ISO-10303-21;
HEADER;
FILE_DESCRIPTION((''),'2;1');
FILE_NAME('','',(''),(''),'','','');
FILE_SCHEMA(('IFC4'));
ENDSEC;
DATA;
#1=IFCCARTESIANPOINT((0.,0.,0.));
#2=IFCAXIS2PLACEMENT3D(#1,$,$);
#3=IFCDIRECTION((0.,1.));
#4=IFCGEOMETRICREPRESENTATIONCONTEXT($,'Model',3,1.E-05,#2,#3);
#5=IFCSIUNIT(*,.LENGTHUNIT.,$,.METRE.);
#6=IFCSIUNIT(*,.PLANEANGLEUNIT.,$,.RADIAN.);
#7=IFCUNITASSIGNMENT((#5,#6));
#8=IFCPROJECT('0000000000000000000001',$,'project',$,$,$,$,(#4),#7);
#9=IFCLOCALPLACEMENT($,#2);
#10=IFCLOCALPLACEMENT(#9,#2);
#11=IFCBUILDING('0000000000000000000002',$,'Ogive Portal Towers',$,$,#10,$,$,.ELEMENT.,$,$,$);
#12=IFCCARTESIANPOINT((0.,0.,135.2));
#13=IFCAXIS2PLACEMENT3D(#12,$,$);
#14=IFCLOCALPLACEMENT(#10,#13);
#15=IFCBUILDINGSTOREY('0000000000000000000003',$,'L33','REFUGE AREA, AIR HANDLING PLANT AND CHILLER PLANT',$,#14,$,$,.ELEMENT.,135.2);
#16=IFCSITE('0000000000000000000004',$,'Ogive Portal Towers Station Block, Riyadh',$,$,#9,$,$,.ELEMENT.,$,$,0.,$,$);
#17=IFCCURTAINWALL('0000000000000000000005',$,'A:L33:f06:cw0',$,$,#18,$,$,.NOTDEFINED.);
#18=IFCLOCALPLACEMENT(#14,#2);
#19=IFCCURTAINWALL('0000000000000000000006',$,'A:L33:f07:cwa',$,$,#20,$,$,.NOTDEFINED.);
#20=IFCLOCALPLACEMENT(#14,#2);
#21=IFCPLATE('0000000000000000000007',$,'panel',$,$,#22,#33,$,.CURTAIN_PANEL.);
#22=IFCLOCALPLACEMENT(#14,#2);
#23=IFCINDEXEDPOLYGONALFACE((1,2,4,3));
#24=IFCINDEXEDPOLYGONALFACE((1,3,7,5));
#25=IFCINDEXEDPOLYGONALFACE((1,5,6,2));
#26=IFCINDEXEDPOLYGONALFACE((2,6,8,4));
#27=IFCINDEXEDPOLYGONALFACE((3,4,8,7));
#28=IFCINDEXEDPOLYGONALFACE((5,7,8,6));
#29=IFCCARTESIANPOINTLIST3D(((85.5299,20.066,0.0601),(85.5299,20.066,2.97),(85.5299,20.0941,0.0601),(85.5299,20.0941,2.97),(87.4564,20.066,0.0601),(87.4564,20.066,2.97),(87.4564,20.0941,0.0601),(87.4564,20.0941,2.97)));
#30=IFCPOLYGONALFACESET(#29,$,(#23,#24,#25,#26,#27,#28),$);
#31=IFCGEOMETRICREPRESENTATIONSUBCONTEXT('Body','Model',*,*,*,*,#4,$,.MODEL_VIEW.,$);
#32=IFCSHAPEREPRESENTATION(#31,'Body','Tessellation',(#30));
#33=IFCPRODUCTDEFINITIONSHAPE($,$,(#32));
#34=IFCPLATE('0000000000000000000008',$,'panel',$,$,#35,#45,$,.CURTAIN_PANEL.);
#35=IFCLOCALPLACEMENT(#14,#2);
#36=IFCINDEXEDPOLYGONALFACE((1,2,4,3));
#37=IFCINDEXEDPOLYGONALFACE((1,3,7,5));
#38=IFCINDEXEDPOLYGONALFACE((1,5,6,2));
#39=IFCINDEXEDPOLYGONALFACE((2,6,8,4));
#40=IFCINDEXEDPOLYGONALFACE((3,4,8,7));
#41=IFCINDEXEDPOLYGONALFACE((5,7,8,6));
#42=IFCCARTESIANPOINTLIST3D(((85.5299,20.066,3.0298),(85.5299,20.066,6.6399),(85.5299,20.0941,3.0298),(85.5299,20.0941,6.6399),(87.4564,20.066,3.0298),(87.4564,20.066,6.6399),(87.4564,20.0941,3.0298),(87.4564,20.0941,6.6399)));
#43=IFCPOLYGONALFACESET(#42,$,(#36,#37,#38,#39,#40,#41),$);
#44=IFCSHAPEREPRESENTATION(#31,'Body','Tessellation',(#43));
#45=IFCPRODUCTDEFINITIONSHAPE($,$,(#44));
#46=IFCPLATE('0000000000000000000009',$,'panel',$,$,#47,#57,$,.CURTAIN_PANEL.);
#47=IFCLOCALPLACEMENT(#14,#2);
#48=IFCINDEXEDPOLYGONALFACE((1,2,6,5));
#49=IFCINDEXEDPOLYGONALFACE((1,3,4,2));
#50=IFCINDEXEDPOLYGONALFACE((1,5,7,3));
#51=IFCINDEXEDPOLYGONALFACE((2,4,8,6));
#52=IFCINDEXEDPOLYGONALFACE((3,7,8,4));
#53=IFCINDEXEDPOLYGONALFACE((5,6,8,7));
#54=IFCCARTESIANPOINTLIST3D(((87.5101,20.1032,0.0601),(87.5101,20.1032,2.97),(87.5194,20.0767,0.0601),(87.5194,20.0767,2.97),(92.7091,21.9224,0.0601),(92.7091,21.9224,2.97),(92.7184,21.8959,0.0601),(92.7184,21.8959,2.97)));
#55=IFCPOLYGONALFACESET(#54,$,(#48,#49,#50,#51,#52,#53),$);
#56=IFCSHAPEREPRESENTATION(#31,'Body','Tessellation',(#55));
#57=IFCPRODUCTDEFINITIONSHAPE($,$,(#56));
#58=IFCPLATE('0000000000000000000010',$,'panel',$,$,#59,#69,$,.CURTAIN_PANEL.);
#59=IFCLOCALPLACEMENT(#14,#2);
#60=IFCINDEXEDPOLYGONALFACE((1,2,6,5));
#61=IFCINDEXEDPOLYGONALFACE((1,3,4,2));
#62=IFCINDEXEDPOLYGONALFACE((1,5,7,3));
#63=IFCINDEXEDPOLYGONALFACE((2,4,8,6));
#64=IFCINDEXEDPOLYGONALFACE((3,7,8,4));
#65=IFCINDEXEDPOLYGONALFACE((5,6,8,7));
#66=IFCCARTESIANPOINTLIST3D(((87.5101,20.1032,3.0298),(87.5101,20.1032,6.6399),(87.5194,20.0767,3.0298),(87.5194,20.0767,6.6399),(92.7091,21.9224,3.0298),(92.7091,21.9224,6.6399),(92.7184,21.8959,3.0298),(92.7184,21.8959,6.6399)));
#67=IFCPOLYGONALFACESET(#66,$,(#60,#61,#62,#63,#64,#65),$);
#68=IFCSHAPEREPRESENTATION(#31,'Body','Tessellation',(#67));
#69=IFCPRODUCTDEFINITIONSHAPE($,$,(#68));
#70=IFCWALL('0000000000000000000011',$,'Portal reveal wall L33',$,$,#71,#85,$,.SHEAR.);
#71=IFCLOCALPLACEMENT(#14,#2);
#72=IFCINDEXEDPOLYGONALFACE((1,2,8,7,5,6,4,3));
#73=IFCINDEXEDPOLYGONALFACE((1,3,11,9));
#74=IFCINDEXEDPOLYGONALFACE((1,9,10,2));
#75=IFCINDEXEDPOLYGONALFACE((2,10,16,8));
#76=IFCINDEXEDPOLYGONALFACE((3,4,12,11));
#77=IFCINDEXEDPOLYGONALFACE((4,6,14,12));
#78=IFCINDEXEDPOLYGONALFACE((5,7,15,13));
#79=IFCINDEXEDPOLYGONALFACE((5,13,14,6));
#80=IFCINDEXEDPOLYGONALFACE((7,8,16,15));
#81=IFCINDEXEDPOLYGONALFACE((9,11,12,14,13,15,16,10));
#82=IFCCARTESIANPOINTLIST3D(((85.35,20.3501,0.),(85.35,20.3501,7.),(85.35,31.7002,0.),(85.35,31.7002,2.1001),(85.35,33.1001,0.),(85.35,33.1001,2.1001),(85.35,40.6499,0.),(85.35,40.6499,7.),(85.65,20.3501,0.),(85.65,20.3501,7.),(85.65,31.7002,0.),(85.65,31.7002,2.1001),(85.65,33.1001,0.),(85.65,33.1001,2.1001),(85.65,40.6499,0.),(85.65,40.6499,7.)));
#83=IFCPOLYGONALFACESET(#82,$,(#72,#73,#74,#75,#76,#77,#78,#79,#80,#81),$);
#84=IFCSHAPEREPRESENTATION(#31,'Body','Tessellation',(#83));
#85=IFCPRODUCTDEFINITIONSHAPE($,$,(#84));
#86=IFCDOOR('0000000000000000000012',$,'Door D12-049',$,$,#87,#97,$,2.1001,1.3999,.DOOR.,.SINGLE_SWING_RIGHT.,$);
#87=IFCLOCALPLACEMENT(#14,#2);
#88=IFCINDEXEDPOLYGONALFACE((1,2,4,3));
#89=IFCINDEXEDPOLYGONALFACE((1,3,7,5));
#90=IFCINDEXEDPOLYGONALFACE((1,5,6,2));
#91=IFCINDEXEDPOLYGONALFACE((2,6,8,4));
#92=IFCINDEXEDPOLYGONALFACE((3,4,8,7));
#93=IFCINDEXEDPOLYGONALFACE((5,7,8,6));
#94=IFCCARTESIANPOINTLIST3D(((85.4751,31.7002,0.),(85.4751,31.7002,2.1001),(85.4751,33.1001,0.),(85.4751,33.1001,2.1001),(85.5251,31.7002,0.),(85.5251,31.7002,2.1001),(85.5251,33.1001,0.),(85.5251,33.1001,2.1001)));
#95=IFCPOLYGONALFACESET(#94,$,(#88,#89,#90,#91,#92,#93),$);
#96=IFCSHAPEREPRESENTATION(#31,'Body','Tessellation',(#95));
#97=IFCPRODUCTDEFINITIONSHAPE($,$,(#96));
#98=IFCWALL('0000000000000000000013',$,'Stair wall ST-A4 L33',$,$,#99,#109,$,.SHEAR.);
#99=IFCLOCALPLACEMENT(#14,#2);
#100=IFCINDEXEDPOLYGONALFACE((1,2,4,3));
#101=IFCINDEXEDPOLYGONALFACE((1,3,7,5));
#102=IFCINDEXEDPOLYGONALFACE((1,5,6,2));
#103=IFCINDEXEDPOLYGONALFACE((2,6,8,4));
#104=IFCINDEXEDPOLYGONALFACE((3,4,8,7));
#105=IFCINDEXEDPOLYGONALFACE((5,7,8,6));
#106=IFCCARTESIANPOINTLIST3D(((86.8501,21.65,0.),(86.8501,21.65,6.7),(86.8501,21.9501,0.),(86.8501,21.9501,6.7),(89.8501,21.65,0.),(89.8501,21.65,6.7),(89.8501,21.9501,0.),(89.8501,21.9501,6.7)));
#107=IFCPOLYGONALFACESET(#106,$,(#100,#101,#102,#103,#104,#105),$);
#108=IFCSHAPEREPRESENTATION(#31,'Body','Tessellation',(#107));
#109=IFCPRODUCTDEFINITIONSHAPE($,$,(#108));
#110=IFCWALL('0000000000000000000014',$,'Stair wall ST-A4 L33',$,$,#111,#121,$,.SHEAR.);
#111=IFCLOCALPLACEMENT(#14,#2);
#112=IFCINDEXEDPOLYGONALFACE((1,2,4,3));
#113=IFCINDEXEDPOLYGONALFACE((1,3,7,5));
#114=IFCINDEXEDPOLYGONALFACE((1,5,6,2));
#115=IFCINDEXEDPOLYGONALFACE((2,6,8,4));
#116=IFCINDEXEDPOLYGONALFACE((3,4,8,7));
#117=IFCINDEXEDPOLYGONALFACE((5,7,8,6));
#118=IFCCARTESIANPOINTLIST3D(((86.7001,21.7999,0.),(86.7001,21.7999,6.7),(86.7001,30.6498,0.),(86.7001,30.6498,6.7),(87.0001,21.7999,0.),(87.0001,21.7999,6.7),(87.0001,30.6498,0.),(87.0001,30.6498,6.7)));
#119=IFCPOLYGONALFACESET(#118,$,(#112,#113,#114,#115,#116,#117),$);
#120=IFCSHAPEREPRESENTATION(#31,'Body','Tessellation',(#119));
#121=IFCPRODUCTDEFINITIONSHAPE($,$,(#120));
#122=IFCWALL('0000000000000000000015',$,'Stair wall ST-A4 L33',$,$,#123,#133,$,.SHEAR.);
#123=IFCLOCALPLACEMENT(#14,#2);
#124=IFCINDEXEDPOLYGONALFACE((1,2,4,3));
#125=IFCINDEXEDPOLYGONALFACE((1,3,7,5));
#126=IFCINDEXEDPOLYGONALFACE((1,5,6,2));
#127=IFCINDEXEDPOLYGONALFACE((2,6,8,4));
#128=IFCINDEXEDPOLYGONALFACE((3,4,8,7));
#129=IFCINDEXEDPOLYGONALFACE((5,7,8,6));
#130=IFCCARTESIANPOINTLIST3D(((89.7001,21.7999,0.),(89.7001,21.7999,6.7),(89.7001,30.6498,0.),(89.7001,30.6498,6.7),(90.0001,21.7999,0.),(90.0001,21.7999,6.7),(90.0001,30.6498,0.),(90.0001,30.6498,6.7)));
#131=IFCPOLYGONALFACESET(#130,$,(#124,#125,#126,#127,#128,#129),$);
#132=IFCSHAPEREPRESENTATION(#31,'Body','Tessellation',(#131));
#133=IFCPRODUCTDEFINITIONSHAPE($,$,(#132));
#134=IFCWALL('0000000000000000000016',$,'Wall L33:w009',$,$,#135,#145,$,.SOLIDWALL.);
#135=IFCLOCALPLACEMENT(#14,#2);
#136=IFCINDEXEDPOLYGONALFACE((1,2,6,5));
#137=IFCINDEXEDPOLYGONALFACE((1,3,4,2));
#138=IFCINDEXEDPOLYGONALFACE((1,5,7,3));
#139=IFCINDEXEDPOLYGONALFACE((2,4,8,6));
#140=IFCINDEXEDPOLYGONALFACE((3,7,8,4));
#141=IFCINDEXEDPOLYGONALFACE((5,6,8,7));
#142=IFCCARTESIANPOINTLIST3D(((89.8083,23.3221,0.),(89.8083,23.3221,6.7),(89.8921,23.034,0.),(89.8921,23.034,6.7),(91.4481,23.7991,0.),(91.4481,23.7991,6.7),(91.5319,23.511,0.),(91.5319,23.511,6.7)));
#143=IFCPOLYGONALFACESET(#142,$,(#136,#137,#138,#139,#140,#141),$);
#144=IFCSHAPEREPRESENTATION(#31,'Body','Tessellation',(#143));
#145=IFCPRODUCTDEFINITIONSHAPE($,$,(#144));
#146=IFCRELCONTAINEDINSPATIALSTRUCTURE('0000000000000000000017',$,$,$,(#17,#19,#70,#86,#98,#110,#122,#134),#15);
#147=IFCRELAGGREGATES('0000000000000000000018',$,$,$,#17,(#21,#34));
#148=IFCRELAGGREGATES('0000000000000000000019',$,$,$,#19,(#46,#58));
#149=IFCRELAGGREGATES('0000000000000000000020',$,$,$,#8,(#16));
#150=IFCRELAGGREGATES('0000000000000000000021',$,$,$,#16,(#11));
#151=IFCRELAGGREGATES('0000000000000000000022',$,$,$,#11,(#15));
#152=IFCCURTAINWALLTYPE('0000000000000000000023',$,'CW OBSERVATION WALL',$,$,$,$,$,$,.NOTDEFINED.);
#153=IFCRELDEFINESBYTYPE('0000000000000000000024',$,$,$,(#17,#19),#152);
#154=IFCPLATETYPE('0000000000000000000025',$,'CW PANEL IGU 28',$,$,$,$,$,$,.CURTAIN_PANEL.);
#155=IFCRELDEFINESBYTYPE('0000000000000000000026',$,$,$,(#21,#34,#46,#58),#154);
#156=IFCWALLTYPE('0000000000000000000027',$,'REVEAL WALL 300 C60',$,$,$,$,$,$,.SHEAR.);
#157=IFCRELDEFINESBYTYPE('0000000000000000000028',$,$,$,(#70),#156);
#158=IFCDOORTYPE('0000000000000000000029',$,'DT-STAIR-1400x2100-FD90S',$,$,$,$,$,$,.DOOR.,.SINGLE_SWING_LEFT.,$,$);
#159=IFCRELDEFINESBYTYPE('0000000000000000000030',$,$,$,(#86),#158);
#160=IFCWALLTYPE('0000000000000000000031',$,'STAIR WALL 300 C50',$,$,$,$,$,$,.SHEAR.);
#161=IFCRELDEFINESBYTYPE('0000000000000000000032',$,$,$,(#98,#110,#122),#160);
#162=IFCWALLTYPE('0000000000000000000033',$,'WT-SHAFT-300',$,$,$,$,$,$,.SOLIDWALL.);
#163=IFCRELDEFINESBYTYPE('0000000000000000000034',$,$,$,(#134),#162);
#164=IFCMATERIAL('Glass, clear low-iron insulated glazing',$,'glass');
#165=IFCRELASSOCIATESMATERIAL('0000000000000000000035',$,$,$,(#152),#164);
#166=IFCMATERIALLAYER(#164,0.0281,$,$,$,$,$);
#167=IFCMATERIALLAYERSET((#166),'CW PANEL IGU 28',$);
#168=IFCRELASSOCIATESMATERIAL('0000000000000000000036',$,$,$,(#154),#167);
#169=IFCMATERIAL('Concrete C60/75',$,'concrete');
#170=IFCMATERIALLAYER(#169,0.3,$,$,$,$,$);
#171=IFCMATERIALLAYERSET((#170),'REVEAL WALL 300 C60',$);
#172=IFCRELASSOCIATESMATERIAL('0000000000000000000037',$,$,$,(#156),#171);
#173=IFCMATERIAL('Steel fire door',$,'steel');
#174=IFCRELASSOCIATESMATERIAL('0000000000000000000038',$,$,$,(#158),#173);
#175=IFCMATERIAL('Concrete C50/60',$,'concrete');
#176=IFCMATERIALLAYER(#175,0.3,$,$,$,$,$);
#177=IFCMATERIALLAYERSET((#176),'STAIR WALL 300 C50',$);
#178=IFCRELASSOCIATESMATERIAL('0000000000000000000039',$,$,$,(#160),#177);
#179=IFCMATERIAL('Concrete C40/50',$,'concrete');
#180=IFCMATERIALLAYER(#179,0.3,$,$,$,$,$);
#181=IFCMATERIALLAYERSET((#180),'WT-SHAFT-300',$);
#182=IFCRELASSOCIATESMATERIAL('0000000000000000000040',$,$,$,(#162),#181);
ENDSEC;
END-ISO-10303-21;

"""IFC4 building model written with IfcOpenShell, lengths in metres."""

from ifc_helpers import new_model, si_unit, direction, frame, frame_2d, origin, origin_2d, place, context, subcontext, project, spatial, rectangle, extrude, material, layer, layer_set, type_object, element, fill, aggregate, save


model = new_model("IFC4")

# Units and contexts
model_context = context("Model", 3, precision=1e-05, world=origin(), true_north=direction((0.0, 1.0)))
body_context = subcontext(model_context, "Body", "Model", "MODEL_VIEW")
ifc_project = project(units=[si_unit("LENGTHUNIT", "METRE"), si_unit("PLANEANGLEUNIT", "RADIAN")], contexts=[model_context])

# Site, building, storey
site_placement = place(None, origin())
site = spatial("IfcSite", under=ifc_project, at=site_placement, Name="Ogive Portal Towers Station Block, Riyadh", CompositionType="ELEMENT", RefElevation=0.0)
building_placement = place(site_placement, origin())
building = spatial("IfcBuilding", under=site, at=building_placement, Name="Ogive Portal Towers", CompositionType="ELEMENT")
storey_placement = place(building_placement, frame((0.0, 0.0, 135.2)))
storey = spatial("IfcBuildingStorey", under=building, at=storey_placement, Name="L33", Description="REFUGE AREA, AIR HANDLING PLANT AND CHILLER PLANT", CompositionType="ELEMENT", Elevation=135.2)

# Shared definitions
ifc_material_1 = material(Name="Concrete C60/75", Category="concrete")

# Shared definitions
ifc_material_2 = material(Name="Concrete C40/50", Category="concrete")

# Curtain wall
ifc_material_3 = material(Name="Glass, clear low-iron insulated glazing", Category="glass")
curtain_wall_type = type_object("IfcCurtainWallType", Name="CW OBSERVATION WALL", PredefinedType="NOTDEFINED", material=ifc_material_3)
curtain_wall_1_placement = place(storey_placement, origin())
curtain_wall_1 = element("IfcCurtainWall", 1, at=curtain_wall_1_placement, inside=storey, type_object=curtain_wall_type, Name="A:L33:f06:cw0", PredefinedType="NOTDEFINED")

# Curtain wall
curtain_wall_2_placement = place(storey_placement, origin())
curtain_wall_2 = element("IfcCurtainWall", 2, at=curtain_wall_2_placement, inside=storey, type_object=curtain_wall_type, Name="A:L33:f07:cwa", PredefinedType="NOTDEFINED")

# Plates
ifc_layer_1 = layer(ifc_material_3, 0.0281)
ifc_layer_set_1 = layer_set([ifc_layer_1], Name="CW PANEL IGU 28")
plate_type = type_object("IfcPlateType", Name="CW PANEL IGU 28", PredefinedType="CURTAIN_PANEL", material=ifc_layer_set_1)
plate_1_placement = place(storey_placement, frame((86.4932, 20.0801, 0.0601), z_axis=(0.0, 0.0, 1.0), x_axis=(1.0, 0.0, 0.0)))
plate_1 = element("IfcPlate", 3, at=plate_1_placement, type_object=plate_type, Name="panel", PredefinedType="CURTAIN_PANEL", context=body_context, shape_type="SweptSolid", body=[
    extrude(rectangle(XDim=1.9265, YDim=0.0281, at=origin_2d()), origin(), (0.0, 0.0, 1.0), 2.9099),
])
plate_2_placement = place(storey_placement, frame((86.4932, 20.0801, 3.0298), z_axis=(0.0, 0.0, 1.0), x_axis=(1.0, 0.0, 0.0)))
plate_2 = element("IfcPlate", 4, at=plate_2_placement, type_object=plate_type, Name="panel", PredefinedType="CURTAIN_PANEL", context=body_context, shape_type="SweptSolid", body=[
    extrude(rectangle(XDim=1.9265, YDim=0.0281, at=origin_2d()), origin(), (0.0, 0.0, 1.0), 3.6101),
])
aggregate(curtain_wall_1, [plate_1, plate_2])
plate_3_placement = place(storey_placement, frame((90.1143, 20.9995, 0.0601), z_axis=(0.0, 0.0, 1.0), x_axis=(0.943883, 0.330279, 0.0)))
plate_3 = element("IfcPlate", 5, at=plate_3_placement, type_object=plate_type, Name="panel", PredefinedType="CURTAIN_PANEL", context=body_context, shape_type="SweptSolid", body=[
    extrude(rectangle(XDim=5.5081, YDim=0.0281, at=origin_2d()), origin(), (0.0, 0.0, 1.0), 2.9099),
])
plate_4_placement = place(storey_placement, frame((90.1143, 20.9995, 3.0298), z_axis=(0.0, 0.0, 1.0), x_axis=(0.943883, 0.330279, 0.0)))
plate_4 = element("IfcPlate", 6, at=plate_4_placement, type_object=plate_type, Name="panel", PredefinedType="CURTAIN_PANEL", context=body_context, shape_type="SweptSolid", body=[
    extrude(rectangle(XDim=5.5081, YDim=0.0281, at=origin_2d()), origin(), (0.0, 0.0, 1.0), 3.6101),
])
aggregate(curtain_wall_2, [plate_3, plate_4])

# Wall, opening, door
ifc_layer_2 = layer(ifc_material_1, 0.3)
ifc_layer_set_2 = layer_set([ifc_layer_2], Name="REVEAL WALL 300 C60")
wall_type_1 = type_object("IfcWallType", Name="REVEAL WALL 300 C60", PredefinedType="SHEAR", material=ifc_layer_set_2)
wall_1_placement = place(storey_placement, frame((85.5, 20.3501, 0.0), z_axis=(0.0, 0.0, 1.0), x_axis=(0.0, 1.0, 0.0)))
wall_1 = element("IfcWall", 7, at=wall_1_placement, inside=storey, type_object=wall_type_1, Name="Portal reveal wall L33", PredefinedType="SHEAR", context=body_context, shape_type="SweptSolid", body=[
    extrude(rectangle(XDim=20.2998, YDim=0.3, at=frame_2d((10.1499, 0.0))), origin(), (0.0, 0.0, 1.0), 7.0),
])
opening_placement = place(wall_1_placement, frame((11.3501, 0.0, 0.0)))
opening = element("IfcOpeningElement", 8, at=opening_placement, cuts=wall_1, PredefinedType="OPENING", context=body_context, shape_type="SweptSolid", body=[
    extrude(rectangle(XDim=1.3999, YDim=2.1001, at=frame_2d((0.7, 1.05))), frame((0.0, 0.1602, 0.0), z_axis=(0.0, -1.0, 0.0), x_axis=(1.0, 0.0, 0.0)), (0.0, 0.0, 1.0), 0.3201),
])
ifc_material_4 = material(Name="Steel fire door", Category="steel")
door_type = type_object("IfcDoorType", Name="DT-STAIR-1400x2100-FD90S", OperationType="SINGLE_SWING_LEFT", PredefinedType="DOOR", material=ifc_material_4)
door_placement = place(opening_placement, origin())
door = element("IfcDoor", 9, at=door_placement, inside=storey, type_object=door_type, Name="Door D12-049", OperationType="SINGLE_SWING_RIGHT", OverallHeight=2.1001, OverallWidth=1.3999, PredefinedType="DOOR", context=body_context, shape_type="SweptSolid", body=[
    extrude(rectangle(XDim=1.3999, YDim=2.1001, at=frame_2d((0.7, 1.05))), frame((0.0, 0.0249, 0.0), z_axis=(0.0, -1.0, 0.0), x_axis=(1.0, 0.0, 0.0)), (0.0, 0.0, 1.0), 0.05),
])
fill(opening, door)

# Walls
ifc_material_5 = material(Name="Concrete C50/60", Category="concrete")
ifc_layer_3 = layer(ifc_material_5, 0.3)
ifc_layer_set_3 = layer_set([ifc_layer_3], Name="STAIR WALL 300 C50")
wall_type_2 = type_object("IfcWallType", Name="STAIR WALL 300 C50", PredefinedType="SHEAR", material=ifc_layer_set_3)
wall_2_placement = place(storey_placement, frame((86.8501, 21.8, 0.0), z_axis=(0.0, 0.0, 1.0), x_axis=(1.0, 0.0, 0.0)))
element("IfcWall", 10, at=wall_2_placement, inside=storey, type_object=wall_type_2, Name="Stair wall ST-A4 L33", PredefinedType="SHEAR", context=body_context, shape_type="SweptSolid", body=[
    extrude(rectangle(XDim=3.0, YDim=0.3, at=frame_2d((1.5, 0.0))), origin(), (0.0, 0.0, 1.0), 6.7),
])
for number, where, z_axis, x_axis, name in (
    (11, (86.8501, 21.8, 0.0), (0.0, 0.0, 1.0), (0.0, 1.0, 0.0), "Stair wall ST-A4 L33"),
    (12, (89.8501, 21.8, 0.0), (0.0, 0.0, 1.0), (0.0, 1.0, 0.0), "Stair wall ST-A4 L33"),
):
    element("IfcWall", number, at=place(storey_placement, frame(where, z_axis=z_axis, x_axis=x_axis)), inside=storey, type_object=wall_type_2, Name=name, PredefinedType="SHEAR", context=body_context, shape_type="SweptSolid", body=[
        extrude(rectangle(XDim=8.8499, YDim=0.3, at=frame_2d((4.4248, 0.0))), origin(), (0.0, 0.0, 1.0), 6.7),
    ])
ifc_layer_4 = layer(ifc_material_2, 0.3)
ifc_layer_set_4 = layer_set([ifc_layer_4], Name="WT-SHAFT-300")
wall_type_3 = type_object("IfcWallType", Name="WT-SHAFT-300", PredefinedType="SOLIDWALL", material=ifc_layer_set_4)
wall_3_placement = place(storey_placement, frame((89.8501, 23.178, 0.0), z_axis=(0.0, 0.0, 1.0), x_axis=(0.960197, 0.279325, 0.0)))
element("IfcWall", 13, at=wall_3_placement, inside=storey, type_object=wall_type_3, Name="Wall L33:w009", PredefinedType="SOLIDWALL", context=body_context, shape_type="SweptSolid", body=[
    extrude(rectangle(XDim=1.7078, YDim=0.3, at=frame_2d((0.854, 0.0))), origin(), (0.0, 0.0, 1.0), 6.7),
])

save(model, "model.ifc")
